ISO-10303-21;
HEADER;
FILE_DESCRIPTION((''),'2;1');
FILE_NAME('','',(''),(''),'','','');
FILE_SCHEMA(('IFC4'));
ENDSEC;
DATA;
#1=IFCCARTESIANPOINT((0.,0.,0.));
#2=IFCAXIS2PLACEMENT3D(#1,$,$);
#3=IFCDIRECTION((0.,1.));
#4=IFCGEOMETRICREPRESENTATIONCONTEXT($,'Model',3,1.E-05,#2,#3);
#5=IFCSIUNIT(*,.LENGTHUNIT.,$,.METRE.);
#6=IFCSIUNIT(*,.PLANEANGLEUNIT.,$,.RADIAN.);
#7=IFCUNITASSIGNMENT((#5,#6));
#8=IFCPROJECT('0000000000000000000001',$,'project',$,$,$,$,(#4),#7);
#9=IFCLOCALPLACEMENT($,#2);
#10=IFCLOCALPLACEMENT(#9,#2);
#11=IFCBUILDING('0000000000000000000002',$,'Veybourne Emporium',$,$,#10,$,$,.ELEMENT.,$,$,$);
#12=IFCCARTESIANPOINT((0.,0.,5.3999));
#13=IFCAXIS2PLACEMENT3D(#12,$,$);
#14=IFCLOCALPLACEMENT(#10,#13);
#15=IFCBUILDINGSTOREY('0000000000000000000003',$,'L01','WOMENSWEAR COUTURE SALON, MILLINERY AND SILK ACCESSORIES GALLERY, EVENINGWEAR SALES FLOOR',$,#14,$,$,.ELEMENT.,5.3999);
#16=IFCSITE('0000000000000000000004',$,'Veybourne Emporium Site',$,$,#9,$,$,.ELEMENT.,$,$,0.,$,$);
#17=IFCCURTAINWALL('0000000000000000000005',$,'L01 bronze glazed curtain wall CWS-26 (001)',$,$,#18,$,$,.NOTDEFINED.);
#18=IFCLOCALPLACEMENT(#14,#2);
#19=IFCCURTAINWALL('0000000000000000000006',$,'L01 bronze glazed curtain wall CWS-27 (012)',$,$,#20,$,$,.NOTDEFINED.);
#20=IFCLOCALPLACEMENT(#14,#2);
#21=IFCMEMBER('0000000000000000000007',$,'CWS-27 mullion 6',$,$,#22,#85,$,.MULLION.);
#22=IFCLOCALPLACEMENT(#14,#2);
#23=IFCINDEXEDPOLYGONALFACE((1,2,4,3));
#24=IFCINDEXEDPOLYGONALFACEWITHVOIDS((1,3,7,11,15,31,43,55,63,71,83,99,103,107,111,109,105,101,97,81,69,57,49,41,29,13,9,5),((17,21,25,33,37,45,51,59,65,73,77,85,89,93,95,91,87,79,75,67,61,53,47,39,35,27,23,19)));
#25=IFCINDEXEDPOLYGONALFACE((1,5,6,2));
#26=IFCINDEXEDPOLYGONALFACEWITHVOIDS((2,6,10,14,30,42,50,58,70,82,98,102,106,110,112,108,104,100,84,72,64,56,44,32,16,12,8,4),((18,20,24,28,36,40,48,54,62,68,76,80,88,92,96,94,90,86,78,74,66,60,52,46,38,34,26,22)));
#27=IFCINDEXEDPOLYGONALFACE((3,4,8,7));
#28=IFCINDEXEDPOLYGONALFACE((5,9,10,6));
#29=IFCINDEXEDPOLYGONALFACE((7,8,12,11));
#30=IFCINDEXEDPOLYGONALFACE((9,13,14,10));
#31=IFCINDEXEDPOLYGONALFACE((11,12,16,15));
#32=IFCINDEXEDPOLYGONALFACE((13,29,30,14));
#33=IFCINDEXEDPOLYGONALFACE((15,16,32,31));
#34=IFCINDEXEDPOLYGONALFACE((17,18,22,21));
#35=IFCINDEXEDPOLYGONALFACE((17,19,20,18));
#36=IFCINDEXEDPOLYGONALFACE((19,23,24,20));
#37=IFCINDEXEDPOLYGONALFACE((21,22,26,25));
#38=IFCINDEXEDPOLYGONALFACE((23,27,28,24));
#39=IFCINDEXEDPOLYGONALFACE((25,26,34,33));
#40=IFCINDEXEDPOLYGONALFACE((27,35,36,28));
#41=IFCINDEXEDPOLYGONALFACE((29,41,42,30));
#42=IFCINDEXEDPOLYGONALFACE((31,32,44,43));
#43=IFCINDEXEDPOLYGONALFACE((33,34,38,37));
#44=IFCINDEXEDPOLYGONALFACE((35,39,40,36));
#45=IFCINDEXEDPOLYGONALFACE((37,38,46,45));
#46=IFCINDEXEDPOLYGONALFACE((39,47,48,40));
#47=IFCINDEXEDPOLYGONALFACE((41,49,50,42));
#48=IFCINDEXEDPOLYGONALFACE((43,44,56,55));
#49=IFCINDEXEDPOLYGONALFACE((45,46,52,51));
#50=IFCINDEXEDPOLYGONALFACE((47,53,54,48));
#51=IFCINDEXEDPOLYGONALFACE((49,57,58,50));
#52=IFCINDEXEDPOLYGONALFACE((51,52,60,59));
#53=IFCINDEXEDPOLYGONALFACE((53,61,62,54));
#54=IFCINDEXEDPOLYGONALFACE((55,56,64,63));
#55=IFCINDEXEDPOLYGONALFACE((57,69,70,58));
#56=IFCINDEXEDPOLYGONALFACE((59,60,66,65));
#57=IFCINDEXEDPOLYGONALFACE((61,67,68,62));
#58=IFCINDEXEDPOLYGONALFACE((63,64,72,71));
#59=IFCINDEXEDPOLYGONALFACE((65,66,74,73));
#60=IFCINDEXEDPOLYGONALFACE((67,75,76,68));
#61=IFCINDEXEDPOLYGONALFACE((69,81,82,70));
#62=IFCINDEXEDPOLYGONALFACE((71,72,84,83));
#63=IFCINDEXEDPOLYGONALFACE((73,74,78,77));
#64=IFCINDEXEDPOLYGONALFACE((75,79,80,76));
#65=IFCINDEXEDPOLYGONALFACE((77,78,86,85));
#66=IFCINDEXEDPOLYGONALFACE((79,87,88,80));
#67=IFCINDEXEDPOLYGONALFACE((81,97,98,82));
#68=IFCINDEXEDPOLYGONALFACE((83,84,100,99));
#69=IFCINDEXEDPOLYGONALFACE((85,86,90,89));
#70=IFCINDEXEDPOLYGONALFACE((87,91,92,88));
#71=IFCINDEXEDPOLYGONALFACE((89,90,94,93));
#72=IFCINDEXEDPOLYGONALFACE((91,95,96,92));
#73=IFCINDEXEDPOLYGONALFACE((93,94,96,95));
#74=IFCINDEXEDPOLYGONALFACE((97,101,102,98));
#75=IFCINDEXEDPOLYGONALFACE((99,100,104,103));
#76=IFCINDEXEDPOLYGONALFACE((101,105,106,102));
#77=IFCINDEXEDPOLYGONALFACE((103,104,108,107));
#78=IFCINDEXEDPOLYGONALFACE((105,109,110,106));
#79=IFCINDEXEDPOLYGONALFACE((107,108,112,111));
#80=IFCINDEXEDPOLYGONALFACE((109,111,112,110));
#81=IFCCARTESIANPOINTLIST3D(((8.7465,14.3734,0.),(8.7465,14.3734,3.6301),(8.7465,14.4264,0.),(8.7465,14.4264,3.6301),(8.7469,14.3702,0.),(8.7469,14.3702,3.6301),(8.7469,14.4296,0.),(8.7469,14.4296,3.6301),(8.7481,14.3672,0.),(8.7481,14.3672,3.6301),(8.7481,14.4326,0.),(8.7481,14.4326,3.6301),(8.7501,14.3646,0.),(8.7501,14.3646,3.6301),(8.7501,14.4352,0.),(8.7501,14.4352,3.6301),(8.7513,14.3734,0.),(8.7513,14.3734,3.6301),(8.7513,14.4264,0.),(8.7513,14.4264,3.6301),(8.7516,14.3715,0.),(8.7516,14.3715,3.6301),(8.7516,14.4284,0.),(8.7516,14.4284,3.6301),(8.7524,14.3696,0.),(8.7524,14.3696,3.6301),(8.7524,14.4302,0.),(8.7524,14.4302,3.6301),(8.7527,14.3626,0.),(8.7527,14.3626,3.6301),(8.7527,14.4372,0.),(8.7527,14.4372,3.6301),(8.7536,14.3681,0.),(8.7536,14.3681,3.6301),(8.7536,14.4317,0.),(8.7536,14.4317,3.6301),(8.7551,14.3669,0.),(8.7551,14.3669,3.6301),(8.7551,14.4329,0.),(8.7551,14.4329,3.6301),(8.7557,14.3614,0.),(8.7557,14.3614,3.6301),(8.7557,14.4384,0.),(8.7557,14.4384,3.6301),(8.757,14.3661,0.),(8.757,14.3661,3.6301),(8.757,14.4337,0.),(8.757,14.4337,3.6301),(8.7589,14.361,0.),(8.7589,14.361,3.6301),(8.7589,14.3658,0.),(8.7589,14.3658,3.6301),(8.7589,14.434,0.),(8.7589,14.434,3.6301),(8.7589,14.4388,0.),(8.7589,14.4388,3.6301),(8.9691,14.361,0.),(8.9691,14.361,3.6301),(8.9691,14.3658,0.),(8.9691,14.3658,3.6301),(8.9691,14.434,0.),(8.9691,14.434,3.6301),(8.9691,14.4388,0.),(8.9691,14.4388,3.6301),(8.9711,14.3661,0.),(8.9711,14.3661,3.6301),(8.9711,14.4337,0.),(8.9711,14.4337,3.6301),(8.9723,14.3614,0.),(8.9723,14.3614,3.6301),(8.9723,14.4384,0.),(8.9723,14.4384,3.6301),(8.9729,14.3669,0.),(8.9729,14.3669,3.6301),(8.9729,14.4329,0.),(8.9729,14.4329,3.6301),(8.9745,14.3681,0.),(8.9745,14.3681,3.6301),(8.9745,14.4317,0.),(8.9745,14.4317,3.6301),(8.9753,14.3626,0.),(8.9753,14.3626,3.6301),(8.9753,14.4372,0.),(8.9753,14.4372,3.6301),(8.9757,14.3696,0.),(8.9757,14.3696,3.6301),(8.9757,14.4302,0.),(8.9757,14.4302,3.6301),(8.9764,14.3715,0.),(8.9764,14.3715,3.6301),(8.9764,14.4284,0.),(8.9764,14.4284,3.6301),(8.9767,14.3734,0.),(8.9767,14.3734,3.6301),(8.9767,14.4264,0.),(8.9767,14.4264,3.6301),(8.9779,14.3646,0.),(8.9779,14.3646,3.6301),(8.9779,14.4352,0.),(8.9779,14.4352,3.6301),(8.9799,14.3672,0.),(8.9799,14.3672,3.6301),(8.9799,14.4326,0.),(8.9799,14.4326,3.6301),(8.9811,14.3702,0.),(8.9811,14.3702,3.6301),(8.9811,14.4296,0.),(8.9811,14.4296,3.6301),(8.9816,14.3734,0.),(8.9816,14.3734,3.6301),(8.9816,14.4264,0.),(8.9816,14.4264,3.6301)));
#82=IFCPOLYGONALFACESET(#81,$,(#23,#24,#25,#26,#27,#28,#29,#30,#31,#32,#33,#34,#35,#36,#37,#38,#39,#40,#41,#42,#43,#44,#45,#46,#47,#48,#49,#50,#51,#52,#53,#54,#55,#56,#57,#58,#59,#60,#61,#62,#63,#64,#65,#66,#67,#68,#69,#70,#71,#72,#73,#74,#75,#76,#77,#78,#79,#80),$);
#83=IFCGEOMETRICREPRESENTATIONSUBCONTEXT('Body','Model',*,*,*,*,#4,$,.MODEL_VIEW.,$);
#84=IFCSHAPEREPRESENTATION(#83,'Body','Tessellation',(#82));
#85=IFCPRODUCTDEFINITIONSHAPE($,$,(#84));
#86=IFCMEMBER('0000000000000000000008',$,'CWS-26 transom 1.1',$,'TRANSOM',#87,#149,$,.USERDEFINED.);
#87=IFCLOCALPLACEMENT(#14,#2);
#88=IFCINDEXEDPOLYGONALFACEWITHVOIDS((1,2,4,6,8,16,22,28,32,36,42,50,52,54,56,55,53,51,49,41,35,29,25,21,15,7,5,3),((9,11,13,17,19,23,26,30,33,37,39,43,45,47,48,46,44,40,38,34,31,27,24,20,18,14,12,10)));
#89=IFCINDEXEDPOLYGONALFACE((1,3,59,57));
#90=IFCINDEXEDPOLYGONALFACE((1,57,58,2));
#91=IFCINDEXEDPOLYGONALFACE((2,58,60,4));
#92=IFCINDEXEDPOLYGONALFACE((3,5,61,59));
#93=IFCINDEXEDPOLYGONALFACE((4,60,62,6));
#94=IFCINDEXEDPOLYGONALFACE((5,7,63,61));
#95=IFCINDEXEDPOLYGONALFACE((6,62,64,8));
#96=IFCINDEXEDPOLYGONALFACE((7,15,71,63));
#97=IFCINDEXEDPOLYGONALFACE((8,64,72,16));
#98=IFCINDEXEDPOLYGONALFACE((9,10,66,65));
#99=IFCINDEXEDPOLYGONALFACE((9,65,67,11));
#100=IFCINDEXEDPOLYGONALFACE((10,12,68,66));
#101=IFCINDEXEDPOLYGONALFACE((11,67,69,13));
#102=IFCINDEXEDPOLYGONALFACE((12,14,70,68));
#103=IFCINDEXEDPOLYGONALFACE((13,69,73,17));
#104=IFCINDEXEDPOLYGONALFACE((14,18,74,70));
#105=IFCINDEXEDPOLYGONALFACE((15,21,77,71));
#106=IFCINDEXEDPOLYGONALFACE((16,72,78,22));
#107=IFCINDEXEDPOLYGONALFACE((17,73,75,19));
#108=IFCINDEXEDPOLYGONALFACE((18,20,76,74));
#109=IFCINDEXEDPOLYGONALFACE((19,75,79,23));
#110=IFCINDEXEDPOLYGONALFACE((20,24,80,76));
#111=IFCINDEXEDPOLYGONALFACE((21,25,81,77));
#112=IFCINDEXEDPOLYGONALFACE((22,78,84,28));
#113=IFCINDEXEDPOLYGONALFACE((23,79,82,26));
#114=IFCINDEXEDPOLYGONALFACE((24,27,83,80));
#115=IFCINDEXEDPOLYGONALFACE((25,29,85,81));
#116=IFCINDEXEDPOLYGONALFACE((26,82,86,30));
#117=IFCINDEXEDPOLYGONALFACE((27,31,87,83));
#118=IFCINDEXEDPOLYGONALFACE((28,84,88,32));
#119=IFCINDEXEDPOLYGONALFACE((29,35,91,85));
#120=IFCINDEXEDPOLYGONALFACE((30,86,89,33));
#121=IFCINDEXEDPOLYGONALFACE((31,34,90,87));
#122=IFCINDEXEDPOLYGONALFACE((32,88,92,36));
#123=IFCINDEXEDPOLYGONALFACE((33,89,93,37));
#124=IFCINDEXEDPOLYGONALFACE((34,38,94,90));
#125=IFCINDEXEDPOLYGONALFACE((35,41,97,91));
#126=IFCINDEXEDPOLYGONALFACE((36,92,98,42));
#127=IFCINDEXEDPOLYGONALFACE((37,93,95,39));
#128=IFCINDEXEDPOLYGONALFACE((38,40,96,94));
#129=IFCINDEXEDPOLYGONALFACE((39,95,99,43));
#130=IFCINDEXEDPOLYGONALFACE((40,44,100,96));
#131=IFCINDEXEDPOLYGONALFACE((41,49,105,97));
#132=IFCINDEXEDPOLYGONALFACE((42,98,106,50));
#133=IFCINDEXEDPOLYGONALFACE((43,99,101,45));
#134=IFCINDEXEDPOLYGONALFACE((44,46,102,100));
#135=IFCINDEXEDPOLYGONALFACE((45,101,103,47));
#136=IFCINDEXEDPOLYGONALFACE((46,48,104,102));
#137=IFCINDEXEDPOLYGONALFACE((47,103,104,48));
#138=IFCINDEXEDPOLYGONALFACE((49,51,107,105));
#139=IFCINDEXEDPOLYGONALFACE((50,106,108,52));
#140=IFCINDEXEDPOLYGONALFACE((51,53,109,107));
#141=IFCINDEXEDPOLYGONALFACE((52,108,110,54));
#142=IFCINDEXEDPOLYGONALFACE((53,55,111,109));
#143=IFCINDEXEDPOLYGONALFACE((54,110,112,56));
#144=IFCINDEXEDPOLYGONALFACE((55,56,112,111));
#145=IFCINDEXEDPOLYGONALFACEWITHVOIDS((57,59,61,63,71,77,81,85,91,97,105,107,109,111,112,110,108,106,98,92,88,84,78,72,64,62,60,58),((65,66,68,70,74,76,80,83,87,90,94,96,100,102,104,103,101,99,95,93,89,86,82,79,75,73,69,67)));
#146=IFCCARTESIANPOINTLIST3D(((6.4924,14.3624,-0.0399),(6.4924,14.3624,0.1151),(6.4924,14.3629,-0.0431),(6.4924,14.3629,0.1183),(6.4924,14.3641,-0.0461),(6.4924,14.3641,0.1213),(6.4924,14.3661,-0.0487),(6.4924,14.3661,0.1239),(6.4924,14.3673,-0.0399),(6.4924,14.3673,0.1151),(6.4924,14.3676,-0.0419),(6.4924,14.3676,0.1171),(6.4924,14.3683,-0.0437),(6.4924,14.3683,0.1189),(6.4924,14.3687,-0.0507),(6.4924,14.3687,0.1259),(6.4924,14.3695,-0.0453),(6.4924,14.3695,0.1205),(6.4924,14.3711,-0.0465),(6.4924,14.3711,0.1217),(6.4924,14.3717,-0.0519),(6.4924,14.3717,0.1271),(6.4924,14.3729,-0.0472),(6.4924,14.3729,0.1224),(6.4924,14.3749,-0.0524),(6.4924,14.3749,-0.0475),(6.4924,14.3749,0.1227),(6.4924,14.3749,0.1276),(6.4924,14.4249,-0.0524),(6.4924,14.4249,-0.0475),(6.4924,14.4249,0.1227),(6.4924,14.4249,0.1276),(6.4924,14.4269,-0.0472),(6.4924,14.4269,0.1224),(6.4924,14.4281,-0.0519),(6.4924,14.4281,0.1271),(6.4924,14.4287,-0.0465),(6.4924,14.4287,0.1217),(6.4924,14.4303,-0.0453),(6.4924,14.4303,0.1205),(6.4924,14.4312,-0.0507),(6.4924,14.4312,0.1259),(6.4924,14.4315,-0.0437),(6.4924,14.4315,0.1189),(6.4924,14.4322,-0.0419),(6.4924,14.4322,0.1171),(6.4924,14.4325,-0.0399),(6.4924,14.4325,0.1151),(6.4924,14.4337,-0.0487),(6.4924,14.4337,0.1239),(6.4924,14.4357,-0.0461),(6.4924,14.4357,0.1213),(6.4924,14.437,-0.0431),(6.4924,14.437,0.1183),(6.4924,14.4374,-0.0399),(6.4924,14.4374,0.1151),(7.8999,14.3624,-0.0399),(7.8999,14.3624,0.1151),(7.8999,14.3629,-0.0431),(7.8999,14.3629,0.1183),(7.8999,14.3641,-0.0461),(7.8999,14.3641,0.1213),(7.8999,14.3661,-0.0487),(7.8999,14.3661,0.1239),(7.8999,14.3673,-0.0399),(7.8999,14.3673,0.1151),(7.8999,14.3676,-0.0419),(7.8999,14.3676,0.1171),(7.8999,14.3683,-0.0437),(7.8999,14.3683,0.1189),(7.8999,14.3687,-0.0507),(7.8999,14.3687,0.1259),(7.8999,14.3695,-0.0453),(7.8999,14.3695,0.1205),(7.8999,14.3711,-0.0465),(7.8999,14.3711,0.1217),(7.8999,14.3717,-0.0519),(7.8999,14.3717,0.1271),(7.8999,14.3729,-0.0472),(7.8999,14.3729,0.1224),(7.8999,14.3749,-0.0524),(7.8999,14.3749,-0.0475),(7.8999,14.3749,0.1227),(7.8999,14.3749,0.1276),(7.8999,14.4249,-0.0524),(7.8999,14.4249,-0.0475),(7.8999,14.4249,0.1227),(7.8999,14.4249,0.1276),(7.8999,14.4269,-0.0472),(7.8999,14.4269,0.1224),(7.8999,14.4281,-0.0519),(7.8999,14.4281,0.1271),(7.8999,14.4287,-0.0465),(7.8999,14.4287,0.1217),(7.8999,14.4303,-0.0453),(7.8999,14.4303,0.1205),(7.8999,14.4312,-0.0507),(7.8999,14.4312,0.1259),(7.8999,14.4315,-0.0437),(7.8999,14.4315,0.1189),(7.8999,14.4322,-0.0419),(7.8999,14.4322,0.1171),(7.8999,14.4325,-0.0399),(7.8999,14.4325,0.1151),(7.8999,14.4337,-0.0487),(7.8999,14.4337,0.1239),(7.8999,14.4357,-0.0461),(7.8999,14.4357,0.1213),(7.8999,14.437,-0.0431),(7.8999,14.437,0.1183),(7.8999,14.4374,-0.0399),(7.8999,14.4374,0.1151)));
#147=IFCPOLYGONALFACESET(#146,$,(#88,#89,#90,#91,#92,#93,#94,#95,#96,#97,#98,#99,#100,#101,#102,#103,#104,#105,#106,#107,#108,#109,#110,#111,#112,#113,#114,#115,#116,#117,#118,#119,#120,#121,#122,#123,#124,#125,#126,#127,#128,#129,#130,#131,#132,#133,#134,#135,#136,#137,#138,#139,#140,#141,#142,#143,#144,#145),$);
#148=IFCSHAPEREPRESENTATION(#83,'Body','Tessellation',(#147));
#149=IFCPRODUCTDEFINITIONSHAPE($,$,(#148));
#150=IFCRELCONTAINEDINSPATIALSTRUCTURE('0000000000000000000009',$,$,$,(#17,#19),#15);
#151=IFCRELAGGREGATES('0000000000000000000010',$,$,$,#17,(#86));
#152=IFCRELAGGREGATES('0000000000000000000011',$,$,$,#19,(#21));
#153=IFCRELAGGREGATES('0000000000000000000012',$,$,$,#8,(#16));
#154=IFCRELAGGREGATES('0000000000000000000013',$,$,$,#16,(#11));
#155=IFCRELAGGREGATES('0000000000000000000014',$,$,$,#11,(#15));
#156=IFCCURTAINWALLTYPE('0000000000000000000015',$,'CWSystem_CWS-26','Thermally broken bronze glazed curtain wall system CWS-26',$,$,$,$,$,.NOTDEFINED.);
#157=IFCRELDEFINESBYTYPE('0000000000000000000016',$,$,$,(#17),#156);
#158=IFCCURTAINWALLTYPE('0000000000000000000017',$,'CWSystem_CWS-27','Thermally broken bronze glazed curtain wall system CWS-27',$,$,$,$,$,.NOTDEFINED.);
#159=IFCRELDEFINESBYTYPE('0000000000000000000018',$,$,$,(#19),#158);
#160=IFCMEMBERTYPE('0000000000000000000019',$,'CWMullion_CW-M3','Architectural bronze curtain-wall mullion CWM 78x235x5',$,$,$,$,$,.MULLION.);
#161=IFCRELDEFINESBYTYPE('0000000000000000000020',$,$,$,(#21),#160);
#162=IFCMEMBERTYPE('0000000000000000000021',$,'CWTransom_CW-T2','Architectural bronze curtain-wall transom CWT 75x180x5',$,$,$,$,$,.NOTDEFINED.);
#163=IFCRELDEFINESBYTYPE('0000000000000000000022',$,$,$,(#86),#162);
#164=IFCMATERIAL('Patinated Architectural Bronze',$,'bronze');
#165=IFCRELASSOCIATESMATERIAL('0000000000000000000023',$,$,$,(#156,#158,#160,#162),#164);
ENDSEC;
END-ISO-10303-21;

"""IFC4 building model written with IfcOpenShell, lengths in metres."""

from ifc_helpers import new_model, si_unit, direction, frame, origin, origin_2d, place, context, subcontext, project, spatial, hollow_rectangle, extrude, material, material_profile, profile_set, type_object, element, aggregate, save


model = new_model("IFC4")

# Units and contexts
model_context = context("Model", 3, precision=1e-05, world=origin(), true_north=direction((0.0, 1.0)))
body_context = subcontext(model_context, "Body", "Model", "MODEL_VIEW")
ifc_project = project(units=[si_unit("LENGTHUNIT", "METRE"), si_unit("PLANEANGLEUNIT", "RADIAN")], contexts=[model_context])

# Site, building, storey
site_placement = place(None, origin())
site = spatial("IfcSite", under=ifc_project, at=site_placement, Name="Veybourne Emporium Site", CompositionType="ELEMENT", RefElevation=0.0)
building_placement = place(site_placement, origin())
building = spatial("IfcBuilding", under=site, at=building_placement, Name="Veybourne Emporium", CompositionType="ELEMENT")
storey_placement = place(building_placement, frame((0.0, 0.0, 5.3999)))
storey = spatial("IfcBuildingStorey", under=building, at=storey_placement, Name="L01", Description="WOMENSWEAR COUTURE SALON, MILLINERY AND SILK ACCESSORIES GALLERY, EVENINGWEAR SALES FLOOR", CompositionType="ELEMENT", Elevation=5.3999)

# Curtain wall
ifc_material_1 = material(Name="Patinated Architectural Bronze", Category="bronze")
curtain_wall_type_1 = type_object("IfcCurtainWallType", Name="CWSystem_CWS-26", Description="Thermally broken bronze glazed curtain wall system CWS-26", PredefinedType="NOTDEFINED", material=ifc_material_1)
curtain_wall_1_placement = place(storey_placement, origin())
curtain_wall_1 = element("IfcCurtainWall", 1, at=curtain_wall_1_placement, inside=storey, type_object=curtain_wall_type_1, Name="L01 bronze glazed curtain wall CWS-26 (001)", PredefinedType="NOTDEFINED")

# Curtain wall, member
curtain_wall_type_2 = type_object("IfcCurtainWallType", Name="CWSystem_CWS-27", Description="Thermally broken bronze glazed curtain wall system CWS-27", PredefinedType="NOTDEFINED", material=ifc_material_1)
curtain_wall_2_placement = place(storey_placement, origin())
curtain_wall_2 = element("IfcCurtainWall", 2, at=curtain_wall_2_placement, inside=storey, type_object=curtain_wall_type_2, Name="L01 bronze glazed curtain wall CWS-27 (012)", PredefinedType="NOTDEFINED")
ifc_material_profile_1 = material_profile(ifc_material_1, hollow_rectangle(XDim=0.0779, YDim=0.2351, WallThickness=0.0049, InnerFilletRadius=0.0076, OuterFilletRadius=0.0125, at=origin_2d()), Name="CWM 78x235x5")
ifc_profile_set_1 = profile_set([ifc_material_profile_1], Name="Patinated Architectural Bronze")
member_type_1 = type_object("IfcMemberType", Name="CWMullion_CW-M3", Description="Architectural bronze curtain-wall mullion CWM 78x235x5", PredefinedType="MULLION", material=ifc_profile_set_1)
member_1_placement = place(storey_placement, frame((8.864, 14.3999, 0.0), z_axis=(0.0, 0.0, 1.0), x_axis=(0.0, -1.0, 0.0)))
member_1 = element("IfcMember", 3, at=member_1_placement, type_object=member_type_1, Name="CWS-27 mullion 6", PredefinedType="MULLION", context=body_context, shape_type="SweptSolid", body=[
    extrude(hollow_rectangle(XDim=0.0779, YDim=0.2351, WallThickness=0.0049, InnerFilletRadius=0.0076, OuterFilletRadius=0.0125, at=origin_2d()), origin(), (0.0, 0.0, 1.0), 3.6301),
])

# Member
ifc_material_profile_2 = material_profile(ifc_material_1, hollow_rectangle(XDim=0.075, YDim=0.1799, WallThickness=0.0049, InnerFilletRadius=0.0076, OuterFilletRadius=0.0125, at=origin_2d()), Name="CWT 75x180x5")
ifc_profile_set_2 = profile_set([ifc_material_profile_2], Name="Patinated Architectural Bronze")
member_type_2 = type_object("IfcMemberType", Name="CWTransom_CW-T2", Description="Architectural bronze curtain-wall transom CWT 75x180x5", PredefinedType="NOTDEFINED", material=ifc_profile_set_2)
member_2_placement = place(storey_placement, frame((7.8999, 14.3999, 0.0376), z_axis=(-1.0, 0.0, 0.0), x_axis=(0.0, -1.0, 0.0)))
member_2 = element("IfcMember", 4, at=member_2_placement, type_object=member_type_2, Name="CWS-26 transom 1.1", ObjectType="TRANSOM", PredefinedType="USERDEFINED", context=body_context, shape_type="SweptSolid", body=[
    extrude(hollow_rectangle(XDim=0.075, YDim=0.1799, WallThickness=0.0049, InnerFilletRadius=0.0076, OuterFilletRadius=0.0125, at=origin_2d()), origin(), (0.0, 0.0, 1.0), 1.4075),
])

aggregate(curtain_wall_1, [member_2])
aggregate(curtain_wall_2, [member_1])

save(model, "model.ifc")
